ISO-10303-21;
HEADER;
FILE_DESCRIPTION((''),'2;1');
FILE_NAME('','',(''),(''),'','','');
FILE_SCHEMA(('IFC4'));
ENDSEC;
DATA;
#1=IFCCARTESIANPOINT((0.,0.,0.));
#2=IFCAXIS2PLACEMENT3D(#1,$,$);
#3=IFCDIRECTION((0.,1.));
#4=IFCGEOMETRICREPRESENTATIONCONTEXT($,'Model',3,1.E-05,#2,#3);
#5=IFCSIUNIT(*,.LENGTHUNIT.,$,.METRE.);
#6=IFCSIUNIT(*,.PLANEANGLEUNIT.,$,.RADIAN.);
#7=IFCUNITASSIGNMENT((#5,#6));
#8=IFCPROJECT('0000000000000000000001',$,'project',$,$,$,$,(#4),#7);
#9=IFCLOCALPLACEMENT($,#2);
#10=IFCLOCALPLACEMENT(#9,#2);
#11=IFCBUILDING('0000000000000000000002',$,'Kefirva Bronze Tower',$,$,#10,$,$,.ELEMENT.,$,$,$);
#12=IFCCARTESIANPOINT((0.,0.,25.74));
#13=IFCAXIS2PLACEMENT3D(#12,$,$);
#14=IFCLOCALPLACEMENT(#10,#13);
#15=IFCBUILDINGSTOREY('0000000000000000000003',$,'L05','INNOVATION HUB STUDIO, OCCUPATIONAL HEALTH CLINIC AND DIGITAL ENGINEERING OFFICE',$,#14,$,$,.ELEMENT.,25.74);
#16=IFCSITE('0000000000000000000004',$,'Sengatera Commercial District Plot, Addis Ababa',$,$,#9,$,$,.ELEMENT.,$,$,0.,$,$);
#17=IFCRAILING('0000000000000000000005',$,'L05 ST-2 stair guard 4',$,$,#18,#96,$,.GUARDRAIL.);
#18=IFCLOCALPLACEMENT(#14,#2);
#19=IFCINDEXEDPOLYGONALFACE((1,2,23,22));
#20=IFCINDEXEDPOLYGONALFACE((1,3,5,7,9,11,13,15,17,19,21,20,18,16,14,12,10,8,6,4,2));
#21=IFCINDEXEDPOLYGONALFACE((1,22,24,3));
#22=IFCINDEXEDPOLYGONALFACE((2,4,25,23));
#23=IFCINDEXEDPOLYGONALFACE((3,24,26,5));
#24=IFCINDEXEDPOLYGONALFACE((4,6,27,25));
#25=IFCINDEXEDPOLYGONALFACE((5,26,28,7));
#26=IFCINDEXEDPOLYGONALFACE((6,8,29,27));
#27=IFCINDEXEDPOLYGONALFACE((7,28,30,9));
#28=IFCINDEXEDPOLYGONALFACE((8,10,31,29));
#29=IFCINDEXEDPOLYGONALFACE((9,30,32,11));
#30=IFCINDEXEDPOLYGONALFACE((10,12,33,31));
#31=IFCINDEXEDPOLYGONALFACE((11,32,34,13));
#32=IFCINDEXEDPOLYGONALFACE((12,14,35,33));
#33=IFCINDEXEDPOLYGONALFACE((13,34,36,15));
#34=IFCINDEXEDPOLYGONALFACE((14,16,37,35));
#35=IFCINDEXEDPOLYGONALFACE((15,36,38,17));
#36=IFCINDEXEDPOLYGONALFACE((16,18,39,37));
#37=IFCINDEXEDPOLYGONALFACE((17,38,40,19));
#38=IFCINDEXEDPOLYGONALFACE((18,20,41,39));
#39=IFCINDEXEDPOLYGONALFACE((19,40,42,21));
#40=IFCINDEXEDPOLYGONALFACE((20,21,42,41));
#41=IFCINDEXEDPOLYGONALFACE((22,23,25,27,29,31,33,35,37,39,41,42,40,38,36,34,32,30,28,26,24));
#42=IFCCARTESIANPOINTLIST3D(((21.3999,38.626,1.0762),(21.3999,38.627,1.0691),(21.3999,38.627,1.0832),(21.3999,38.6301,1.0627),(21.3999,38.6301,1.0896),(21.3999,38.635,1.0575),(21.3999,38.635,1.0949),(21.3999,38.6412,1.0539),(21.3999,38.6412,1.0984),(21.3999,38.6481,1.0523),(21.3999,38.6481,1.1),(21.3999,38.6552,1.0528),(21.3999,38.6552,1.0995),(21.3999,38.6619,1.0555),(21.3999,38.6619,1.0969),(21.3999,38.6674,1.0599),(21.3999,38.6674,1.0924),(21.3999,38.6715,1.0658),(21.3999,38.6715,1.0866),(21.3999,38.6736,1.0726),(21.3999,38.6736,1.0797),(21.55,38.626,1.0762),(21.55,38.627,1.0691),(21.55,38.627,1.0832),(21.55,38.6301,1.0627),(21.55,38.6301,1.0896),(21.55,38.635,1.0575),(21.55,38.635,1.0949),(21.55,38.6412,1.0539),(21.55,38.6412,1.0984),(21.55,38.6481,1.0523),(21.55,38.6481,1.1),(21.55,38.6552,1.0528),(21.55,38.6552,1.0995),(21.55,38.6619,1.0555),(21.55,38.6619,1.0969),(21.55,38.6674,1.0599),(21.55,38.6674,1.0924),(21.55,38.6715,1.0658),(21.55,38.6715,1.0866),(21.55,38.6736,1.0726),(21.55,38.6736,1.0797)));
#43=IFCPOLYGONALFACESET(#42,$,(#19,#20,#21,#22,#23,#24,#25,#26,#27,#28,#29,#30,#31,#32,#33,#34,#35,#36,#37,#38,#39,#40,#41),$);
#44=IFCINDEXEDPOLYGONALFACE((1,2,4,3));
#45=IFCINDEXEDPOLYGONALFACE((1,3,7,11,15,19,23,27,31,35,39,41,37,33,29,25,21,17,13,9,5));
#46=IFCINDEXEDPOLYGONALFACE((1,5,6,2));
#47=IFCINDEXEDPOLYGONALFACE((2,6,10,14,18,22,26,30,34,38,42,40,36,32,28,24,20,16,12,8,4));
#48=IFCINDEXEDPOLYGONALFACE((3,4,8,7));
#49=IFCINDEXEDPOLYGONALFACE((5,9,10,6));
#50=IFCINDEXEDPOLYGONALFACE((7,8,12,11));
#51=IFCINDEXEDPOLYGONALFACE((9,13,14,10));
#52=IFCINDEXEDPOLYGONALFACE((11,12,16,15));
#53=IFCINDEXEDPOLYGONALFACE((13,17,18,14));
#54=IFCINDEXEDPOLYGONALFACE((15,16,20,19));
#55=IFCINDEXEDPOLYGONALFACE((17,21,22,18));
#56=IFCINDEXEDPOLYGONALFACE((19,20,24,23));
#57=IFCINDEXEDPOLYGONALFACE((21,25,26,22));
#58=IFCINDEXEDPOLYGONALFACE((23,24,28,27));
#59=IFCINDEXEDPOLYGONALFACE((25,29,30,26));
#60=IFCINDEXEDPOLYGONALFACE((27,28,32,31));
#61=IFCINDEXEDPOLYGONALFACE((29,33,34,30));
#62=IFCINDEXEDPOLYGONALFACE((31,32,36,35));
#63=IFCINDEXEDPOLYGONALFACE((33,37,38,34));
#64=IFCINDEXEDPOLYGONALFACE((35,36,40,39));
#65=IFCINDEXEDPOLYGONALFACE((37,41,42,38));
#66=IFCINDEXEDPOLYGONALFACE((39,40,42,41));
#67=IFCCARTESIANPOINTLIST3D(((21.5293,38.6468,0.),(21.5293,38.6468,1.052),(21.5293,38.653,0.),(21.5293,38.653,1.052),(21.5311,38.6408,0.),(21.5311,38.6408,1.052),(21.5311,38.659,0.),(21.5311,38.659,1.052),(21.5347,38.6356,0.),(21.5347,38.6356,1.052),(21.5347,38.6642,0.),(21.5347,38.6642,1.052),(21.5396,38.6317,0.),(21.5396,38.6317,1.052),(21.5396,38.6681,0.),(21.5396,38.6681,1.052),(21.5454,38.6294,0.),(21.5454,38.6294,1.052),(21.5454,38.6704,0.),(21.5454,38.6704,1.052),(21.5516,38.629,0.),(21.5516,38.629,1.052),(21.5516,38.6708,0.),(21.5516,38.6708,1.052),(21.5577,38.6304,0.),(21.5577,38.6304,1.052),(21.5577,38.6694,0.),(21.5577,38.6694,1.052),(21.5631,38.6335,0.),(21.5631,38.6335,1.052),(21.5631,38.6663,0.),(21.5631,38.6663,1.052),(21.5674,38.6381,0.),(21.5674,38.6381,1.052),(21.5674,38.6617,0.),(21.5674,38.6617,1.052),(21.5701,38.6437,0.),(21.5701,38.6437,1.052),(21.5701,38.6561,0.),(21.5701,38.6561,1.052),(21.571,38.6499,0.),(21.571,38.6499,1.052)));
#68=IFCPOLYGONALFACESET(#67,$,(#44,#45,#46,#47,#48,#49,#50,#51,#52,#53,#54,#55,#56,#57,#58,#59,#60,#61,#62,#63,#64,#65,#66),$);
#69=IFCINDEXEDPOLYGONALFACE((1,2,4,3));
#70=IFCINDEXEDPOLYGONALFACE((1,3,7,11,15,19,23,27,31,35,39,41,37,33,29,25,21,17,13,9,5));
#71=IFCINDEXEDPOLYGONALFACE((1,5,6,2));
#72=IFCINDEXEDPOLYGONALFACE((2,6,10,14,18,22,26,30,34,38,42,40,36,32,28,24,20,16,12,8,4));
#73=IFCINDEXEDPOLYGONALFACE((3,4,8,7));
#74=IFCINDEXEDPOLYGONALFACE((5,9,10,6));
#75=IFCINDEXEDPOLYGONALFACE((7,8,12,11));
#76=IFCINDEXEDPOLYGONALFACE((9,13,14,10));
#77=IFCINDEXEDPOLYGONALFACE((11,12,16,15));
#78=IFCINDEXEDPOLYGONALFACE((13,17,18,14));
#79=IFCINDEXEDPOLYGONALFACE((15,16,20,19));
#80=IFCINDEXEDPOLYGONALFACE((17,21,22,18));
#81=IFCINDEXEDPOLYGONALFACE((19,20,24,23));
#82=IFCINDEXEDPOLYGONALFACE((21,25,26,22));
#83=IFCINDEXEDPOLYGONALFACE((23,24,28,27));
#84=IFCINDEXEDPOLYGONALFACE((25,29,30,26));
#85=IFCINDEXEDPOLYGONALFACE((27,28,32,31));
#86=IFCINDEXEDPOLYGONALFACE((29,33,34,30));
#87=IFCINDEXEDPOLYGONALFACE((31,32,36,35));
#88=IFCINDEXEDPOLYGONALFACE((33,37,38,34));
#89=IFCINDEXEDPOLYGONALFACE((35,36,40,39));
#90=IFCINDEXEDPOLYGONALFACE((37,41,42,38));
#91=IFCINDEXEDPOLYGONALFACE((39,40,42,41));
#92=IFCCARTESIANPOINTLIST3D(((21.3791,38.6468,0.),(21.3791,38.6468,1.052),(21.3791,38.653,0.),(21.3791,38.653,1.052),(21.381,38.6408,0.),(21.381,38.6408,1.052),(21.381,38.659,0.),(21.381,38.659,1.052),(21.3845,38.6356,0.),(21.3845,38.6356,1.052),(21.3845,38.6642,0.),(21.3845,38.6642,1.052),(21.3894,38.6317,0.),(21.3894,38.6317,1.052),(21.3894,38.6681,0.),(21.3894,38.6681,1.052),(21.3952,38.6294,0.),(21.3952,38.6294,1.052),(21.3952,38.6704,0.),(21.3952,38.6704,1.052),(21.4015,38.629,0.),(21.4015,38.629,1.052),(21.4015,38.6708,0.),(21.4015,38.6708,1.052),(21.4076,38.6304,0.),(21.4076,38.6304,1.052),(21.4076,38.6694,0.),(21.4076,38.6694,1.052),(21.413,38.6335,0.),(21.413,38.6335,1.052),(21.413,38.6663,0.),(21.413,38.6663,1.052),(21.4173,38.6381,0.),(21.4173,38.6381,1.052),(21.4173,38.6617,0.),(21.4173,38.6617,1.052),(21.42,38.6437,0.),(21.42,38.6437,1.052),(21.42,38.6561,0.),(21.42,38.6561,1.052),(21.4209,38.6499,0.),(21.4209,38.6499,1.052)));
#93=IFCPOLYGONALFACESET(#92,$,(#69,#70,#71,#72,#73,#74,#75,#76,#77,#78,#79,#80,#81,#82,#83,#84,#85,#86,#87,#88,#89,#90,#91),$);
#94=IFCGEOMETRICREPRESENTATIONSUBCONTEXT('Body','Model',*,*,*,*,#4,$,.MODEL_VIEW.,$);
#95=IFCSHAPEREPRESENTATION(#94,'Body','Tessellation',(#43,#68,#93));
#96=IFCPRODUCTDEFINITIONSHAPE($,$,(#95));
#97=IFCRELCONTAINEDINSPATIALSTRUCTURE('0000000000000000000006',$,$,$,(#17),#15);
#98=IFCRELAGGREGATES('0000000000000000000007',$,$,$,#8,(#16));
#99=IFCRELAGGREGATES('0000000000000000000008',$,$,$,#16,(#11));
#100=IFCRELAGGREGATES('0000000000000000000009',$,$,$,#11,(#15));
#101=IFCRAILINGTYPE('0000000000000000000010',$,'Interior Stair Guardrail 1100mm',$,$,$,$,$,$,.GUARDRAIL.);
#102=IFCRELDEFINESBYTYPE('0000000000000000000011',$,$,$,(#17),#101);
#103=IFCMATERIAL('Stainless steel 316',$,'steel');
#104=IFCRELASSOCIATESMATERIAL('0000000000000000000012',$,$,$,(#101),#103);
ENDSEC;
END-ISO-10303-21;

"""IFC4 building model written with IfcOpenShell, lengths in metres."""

from ifc_helpers import new_model, si_unit, direction, frame, origin, origin_2d, place, context, subcontext, project, spatial, circle, extrude, material, type_object, element, save


model = new_model("IFC4")

# Units and contexts
model_context = context("Model", 3, precision=1e-05, world=origin(), true_north=direction((0.0, 1.0)))
body_context = subcontext(model_context, "Body", "Model", "MODEL_VIEW")
ifc_project = project(units=[si_unit("LENGTHUNIT", "METRE"), si_unit("PLANEANGLEUNIT", "RADIAN")], contexts=[model_context])

# Site, building, storey
site_placement = place(None, origin())
site = spatial("IfcSite", under=ifc_project, at=site_placement, Name="Sengatera Commercial District Plot, Addis Ababa", CompositionType="ELEMENT", RefElevation=0.0)
building_placement = place(site_placement, origin())
building = spatial("IfcBuilding", under=site, at=building_placement, Name="Kefirva Bronze Tower", CompositionType="ELEMENT")
storey_placement = place(building_placement, frame((0.0, 0.0, 25.74)))
storey = spatial("IfcBuildingStorey", under=building, at=storey_placement, Name="L05", Description="INNOVATION HUB STUDIO, OCCUPATIONAL HEALTH CLINIC AND DIGITAL ENGINEERING OFFICE", CompositionType="ELEMENT", Elevation=25.74)

# Railing
ifc_material_1 = material(Name="Stainless steel 316", Category="steel")
railing_type = type_object("IfcRailingType", Name="Interior Stair Guardrail 1100mm", PredefinedType="GUARDRAIL", material=ifc_material_1)
railing_1_placement = place(storey_placement, frame((21.55, 38.6499, 0.0)))
element("IfcRailing", 1, at=railing_1_placement, inside=storey, type_object=railing_type, Name="L05 ST-2 stair guard 4", PredefinedType="GUARDRAIL", context=body_context, shape_type="SweptSolid", body=[
    extrude(circle(Radius=0.0239, at=origin_2d()), frame((0.0, 0.0, 1.0762), z_axis=(-1.0, 0.0, 0.0), x_axis=(0.0, -1.0, 0.0)), (0.0, 0.0, 1.0), 0.1501),
    extrude(circle(Radius=0.021, at=origin_2d()), origin(), (0.0, 0.0, 1.0), 1.052),
    extrude(circle(Radius=0.021, at=origin_2d()), frame((-0.1501, 0.0, 0.0)), (0.0, 0.0, 1.0), 1.052),
])

save(model, "model.ifc")
